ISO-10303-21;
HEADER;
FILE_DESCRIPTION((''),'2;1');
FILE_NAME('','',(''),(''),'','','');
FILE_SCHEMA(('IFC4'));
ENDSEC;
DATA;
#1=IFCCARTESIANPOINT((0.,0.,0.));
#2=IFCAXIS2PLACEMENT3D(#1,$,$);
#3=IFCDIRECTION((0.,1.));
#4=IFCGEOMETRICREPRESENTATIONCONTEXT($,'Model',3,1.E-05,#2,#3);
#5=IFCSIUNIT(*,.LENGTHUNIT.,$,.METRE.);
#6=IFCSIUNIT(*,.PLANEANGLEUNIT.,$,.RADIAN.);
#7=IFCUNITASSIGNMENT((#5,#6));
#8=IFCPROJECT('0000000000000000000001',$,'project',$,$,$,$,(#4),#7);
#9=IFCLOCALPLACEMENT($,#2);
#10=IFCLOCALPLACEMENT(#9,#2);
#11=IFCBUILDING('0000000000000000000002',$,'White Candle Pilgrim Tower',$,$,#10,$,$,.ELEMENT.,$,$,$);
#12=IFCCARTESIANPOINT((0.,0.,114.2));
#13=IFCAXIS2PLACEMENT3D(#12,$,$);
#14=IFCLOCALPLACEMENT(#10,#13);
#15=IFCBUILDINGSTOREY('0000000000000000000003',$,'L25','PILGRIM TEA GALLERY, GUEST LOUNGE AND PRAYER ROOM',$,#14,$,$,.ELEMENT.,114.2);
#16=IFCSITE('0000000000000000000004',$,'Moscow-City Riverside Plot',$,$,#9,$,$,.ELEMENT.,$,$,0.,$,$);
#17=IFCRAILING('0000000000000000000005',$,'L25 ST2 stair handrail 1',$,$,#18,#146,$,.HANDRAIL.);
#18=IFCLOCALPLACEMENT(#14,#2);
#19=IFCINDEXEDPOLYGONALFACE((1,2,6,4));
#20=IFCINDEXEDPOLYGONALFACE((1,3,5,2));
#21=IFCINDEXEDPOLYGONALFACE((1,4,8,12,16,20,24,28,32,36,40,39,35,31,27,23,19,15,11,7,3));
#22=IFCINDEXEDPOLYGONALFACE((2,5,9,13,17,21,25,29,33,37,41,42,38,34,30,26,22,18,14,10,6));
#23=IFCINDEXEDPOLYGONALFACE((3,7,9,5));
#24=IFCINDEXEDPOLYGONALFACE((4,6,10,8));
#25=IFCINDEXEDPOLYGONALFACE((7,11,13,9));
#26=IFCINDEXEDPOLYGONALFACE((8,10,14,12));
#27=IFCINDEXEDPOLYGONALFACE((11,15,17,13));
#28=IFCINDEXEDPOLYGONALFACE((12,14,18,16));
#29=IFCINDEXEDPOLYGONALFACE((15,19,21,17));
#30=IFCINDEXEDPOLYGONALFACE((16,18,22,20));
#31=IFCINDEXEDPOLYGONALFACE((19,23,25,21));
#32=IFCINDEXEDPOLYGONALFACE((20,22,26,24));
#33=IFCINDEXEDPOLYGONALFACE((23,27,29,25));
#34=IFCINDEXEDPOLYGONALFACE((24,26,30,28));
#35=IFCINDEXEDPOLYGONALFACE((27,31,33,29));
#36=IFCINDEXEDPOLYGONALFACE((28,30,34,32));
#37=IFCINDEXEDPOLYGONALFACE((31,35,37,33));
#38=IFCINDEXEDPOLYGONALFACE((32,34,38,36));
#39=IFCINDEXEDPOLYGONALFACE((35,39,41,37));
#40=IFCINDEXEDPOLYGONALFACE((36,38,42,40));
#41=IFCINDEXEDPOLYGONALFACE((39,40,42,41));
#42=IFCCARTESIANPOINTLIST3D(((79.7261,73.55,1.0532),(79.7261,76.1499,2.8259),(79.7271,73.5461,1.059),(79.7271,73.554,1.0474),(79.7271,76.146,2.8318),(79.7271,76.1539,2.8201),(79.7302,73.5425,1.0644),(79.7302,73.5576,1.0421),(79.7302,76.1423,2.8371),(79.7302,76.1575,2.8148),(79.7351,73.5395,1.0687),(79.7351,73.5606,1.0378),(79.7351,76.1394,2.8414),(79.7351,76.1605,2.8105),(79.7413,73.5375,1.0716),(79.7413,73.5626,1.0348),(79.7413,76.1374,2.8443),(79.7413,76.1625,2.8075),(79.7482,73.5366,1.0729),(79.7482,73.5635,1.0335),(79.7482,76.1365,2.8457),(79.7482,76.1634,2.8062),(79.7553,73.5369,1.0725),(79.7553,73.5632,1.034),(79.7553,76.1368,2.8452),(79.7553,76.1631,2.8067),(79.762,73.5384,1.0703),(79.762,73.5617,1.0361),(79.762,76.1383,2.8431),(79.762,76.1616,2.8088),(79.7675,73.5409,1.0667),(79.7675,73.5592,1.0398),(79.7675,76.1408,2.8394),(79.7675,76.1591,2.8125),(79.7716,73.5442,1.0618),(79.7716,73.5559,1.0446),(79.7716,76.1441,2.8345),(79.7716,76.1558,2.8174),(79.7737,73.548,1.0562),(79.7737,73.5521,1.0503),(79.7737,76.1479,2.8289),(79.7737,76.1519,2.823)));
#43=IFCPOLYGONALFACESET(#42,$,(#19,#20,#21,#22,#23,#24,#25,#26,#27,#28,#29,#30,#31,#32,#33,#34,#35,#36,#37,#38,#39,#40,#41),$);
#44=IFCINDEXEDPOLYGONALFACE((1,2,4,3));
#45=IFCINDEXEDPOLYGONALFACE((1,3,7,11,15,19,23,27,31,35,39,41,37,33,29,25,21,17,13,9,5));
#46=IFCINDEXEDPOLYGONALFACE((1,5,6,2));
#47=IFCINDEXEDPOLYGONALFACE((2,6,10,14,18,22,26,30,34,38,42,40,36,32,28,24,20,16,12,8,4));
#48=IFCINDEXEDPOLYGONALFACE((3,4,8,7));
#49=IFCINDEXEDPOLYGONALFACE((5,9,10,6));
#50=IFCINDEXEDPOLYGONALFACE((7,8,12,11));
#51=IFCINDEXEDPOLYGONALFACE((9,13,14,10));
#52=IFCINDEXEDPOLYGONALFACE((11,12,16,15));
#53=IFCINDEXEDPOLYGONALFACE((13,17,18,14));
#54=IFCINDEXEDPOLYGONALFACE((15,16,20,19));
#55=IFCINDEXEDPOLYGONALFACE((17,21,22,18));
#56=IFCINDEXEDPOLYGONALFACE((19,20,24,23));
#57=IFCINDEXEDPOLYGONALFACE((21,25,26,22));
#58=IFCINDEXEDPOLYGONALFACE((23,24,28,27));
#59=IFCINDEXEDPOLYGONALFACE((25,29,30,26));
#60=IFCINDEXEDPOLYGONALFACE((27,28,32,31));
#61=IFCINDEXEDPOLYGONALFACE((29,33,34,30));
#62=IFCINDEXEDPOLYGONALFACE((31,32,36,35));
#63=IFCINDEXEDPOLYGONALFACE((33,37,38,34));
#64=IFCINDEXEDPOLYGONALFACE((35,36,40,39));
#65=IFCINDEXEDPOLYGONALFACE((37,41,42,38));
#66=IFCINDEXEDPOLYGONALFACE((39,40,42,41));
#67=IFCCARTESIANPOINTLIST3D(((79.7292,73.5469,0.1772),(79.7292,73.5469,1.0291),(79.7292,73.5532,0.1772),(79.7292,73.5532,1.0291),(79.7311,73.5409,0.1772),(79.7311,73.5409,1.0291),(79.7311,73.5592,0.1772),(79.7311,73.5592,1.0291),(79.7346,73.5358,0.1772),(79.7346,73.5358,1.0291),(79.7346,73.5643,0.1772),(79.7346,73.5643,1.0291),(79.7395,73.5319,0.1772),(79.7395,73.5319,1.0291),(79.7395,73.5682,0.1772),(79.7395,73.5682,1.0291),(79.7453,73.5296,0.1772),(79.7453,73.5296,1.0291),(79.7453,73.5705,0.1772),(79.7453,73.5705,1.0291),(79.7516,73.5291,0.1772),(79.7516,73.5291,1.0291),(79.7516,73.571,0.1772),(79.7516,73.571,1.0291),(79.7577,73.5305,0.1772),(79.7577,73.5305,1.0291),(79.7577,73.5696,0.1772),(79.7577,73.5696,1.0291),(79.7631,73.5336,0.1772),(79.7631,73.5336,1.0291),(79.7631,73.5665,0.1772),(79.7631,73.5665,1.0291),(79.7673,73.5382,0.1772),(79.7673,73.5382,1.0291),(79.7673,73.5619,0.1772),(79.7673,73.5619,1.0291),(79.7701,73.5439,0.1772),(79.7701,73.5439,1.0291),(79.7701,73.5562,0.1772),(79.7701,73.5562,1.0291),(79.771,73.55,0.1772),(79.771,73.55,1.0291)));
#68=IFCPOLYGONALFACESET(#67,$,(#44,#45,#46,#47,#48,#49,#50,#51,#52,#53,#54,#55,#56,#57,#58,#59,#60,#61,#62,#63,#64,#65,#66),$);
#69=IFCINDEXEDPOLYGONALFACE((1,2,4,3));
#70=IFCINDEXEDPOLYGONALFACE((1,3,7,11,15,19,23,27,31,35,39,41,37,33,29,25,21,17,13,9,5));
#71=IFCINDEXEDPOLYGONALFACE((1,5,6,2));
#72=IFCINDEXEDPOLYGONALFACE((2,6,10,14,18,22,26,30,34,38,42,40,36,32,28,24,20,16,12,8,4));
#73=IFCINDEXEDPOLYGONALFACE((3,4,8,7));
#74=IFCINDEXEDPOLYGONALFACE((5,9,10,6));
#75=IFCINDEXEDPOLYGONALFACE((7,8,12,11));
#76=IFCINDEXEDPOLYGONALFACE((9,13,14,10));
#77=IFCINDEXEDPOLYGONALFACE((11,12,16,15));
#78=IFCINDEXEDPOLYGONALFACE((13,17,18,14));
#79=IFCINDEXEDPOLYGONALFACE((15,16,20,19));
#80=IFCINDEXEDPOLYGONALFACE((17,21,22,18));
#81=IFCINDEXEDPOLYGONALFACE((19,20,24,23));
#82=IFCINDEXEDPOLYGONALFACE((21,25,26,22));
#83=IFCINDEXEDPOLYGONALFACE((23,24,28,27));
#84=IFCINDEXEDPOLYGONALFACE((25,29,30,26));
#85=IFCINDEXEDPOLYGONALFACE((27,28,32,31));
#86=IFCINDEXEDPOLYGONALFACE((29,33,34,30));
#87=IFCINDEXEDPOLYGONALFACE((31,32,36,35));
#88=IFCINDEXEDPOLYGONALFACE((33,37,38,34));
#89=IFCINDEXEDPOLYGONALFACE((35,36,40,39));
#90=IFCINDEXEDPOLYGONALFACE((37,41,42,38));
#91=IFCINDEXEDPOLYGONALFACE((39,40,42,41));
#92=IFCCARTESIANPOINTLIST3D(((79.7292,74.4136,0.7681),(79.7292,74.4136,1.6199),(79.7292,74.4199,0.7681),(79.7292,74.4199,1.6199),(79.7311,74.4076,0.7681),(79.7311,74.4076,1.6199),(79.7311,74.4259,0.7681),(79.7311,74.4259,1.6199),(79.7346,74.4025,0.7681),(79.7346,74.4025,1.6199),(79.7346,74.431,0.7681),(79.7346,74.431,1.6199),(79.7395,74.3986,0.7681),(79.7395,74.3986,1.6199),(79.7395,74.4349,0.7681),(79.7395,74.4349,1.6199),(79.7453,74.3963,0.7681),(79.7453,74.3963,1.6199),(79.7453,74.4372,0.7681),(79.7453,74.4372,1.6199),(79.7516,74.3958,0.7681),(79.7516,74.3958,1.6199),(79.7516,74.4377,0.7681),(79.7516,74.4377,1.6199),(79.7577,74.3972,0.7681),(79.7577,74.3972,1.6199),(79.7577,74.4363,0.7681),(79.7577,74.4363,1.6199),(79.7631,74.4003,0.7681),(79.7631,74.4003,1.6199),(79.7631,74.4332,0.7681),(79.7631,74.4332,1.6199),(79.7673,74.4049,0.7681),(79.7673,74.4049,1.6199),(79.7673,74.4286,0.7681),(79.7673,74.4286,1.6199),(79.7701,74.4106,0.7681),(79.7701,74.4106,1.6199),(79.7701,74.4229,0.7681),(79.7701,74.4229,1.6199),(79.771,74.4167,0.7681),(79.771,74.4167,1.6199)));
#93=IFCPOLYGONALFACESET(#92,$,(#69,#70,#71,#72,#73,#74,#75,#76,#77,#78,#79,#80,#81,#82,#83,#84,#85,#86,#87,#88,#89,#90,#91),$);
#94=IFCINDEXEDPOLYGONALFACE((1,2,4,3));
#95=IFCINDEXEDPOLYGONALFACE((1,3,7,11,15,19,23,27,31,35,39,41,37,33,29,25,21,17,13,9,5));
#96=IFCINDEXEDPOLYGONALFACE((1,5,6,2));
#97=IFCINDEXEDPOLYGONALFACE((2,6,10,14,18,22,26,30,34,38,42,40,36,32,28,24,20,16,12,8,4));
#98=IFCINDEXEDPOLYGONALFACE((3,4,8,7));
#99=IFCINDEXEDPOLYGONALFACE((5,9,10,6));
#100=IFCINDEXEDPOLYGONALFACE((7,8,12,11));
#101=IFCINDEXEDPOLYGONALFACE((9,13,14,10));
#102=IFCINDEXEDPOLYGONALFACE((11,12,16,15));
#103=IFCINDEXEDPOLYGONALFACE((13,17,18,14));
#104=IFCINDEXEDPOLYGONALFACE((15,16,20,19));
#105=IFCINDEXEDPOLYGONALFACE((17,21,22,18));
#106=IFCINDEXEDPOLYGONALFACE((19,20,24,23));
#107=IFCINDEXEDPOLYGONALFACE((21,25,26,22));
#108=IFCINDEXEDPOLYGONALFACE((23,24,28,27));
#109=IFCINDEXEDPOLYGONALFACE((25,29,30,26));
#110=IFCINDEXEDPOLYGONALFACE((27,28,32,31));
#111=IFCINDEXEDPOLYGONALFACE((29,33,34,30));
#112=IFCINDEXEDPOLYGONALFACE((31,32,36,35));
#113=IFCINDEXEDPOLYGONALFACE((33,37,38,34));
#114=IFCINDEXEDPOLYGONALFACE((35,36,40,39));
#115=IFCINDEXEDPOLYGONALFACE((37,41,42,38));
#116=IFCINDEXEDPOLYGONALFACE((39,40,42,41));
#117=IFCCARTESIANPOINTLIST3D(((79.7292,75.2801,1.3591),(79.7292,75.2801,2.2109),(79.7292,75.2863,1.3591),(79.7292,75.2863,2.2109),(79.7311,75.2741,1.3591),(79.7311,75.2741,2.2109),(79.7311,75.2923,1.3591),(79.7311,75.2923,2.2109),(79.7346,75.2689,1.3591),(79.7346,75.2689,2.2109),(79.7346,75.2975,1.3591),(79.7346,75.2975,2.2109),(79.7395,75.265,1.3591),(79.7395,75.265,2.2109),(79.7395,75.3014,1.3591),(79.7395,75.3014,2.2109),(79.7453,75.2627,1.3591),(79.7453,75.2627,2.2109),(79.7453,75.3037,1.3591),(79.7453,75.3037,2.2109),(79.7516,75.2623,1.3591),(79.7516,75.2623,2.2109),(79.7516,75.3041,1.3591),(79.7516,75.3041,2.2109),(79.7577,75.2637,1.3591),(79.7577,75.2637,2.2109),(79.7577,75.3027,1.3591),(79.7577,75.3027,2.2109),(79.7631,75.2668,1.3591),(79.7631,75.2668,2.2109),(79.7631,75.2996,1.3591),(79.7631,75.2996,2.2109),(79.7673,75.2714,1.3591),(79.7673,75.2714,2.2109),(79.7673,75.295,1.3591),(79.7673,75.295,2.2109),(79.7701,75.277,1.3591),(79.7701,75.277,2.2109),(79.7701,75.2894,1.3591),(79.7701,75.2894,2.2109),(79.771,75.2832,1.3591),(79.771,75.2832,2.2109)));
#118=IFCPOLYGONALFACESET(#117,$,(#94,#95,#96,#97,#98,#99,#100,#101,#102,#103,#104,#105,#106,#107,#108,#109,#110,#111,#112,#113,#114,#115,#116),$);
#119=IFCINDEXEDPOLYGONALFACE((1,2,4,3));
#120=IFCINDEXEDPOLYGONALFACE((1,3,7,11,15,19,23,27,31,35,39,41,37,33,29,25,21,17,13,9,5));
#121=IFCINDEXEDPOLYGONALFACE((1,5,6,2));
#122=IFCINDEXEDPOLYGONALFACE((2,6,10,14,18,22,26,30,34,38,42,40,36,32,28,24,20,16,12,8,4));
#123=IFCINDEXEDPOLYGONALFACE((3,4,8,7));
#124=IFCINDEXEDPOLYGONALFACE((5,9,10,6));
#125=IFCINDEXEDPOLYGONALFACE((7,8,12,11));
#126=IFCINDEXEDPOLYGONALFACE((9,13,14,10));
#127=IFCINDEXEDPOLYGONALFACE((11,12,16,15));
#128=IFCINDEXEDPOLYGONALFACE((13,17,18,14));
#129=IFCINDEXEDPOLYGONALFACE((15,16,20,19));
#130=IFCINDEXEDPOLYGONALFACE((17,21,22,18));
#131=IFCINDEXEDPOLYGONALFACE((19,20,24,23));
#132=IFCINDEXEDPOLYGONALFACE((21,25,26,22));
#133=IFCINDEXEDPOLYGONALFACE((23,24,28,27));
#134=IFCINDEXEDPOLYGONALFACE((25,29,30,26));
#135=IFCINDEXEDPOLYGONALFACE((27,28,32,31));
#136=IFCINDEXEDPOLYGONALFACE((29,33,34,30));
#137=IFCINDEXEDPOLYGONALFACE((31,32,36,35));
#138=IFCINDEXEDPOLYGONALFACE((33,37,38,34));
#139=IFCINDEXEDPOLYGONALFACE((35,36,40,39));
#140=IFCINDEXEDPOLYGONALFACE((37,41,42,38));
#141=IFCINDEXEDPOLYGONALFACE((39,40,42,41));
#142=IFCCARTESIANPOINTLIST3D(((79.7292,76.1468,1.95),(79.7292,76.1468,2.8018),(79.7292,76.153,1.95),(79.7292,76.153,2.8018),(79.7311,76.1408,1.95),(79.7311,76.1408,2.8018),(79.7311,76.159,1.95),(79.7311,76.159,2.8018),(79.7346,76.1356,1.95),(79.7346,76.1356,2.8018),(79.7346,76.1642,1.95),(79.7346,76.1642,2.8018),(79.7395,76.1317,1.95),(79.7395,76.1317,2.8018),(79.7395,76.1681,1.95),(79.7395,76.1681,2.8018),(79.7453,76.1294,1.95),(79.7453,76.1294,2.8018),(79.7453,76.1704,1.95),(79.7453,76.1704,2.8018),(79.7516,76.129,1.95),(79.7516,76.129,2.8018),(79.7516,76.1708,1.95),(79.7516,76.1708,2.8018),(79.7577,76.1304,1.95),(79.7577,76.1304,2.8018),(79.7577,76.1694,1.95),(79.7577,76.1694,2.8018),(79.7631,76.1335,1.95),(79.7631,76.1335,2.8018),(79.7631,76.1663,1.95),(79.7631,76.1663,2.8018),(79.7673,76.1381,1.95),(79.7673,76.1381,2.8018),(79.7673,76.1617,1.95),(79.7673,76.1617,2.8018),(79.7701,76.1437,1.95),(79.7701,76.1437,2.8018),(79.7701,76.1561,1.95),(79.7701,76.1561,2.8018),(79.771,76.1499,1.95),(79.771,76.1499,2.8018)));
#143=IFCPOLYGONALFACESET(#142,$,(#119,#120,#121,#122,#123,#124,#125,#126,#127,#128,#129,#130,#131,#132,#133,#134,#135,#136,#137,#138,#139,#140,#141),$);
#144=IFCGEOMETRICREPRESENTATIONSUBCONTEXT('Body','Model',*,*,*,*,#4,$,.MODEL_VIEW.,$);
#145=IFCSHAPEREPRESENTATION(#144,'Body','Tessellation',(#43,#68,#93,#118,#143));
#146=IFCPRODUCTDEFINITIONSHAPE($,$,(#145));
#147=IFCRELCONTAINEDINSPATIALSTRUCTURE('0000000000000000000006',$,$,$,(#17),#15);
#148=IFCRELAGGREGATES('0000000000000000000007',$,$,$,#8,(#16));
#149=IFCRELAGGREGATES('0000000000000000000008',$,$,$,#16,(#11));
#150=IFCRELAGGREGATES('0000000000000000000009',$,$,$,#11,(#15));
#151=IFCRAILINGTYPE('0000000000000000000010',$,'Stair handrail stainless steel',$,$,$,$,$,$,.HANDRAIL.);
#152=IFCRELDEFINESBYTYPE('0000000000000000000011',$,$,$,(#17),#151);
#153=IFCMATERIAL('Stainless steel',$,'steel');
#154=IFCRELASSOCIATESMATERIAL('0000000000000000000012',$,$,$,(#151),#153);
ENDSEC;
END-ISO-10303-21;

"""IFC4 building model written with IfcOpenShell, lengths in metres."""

from ifc_helpers import new_model, si_unit, direction, frame, origin, origin_2d, place, context, subcontext, project, spatial, circle, extrude, material, type_object, element, save


model = new_model("IFC4")

# Units and contexts
model_context = context("Model", 3, precision=1e-05, world=origin(), true_north=direction((0.0, 1.0)))
body_context = subcontext(model_context, "Body", "Model", "MODEL_VIEW")
ifc_project = project(units=[si_unit("LENGTHUNIT", "METRE"), si_unit("PLANEANGLEUNIT", "RADIAN")], contexts=[model_context])

# Site, building, storey
site_placement = place(None, origin())
site = spatial("IfcSite", under=ifc_project, at=site_placement, Name="Moscow-City Riverside Plot", CompositionType="ELEMENT", RefElevation=0.0)
building_placement = place(site_placement, origin())
building = spatial("IfcBuilding", under=site, at=building_placement, Name="White Candle Pilgrim Tower", CompositionType="ELEMENT")
storey_placement = place(building_placement, frame((0.0, 0.0, 114.2)))
storey = spatial("IfcBuildingStorey", under=building, at=storey_placement, Name="L25", Description="PILGRIM TEA GALLERY, GUEST LOUNGE AND PRAYER ROOM", CompositionType="ELEMENT", Elevation=114.2)

# Railing
ifc_material_1 = material(Name="Stainless steel", Category="steel")
railing_type_1 = type_object("IfcRailingType", Name="Stair handrail stainless steel", PredefinedType="HANDRAIL", material=ifc_material_1)
railing_1_placement = place(storey_placement, frame((79.75, 73.55, 0.1772)))
element("IfcRailing", 1, at=railing_1_placement, inside=storey, type_object=railing_type_1, Name="L25 ST2 stair handrail 1", PredefinedType="HANDRAIL", context=body_context, shape_type="SweptSolid", body=[
    extrude(circle(Radius=0.0239, at=origin_2d()), frame((0.0, 0.0, 0.876), z_axis=(0.0, 0.826216, 0.563354), x_axis=(-1.0, 0.0, 0.0)), (0.0, 0.0, 1.0), 3.1467),
    extrude(circle(Radius=0.021, at=origin_2d()), origin(), (0.0, 0.0, 1.0), 0.8518),
    extrude(circle(Radius=0.021, at=origin_2d()), frame((0.0, 0.8667, 0.5908)), (0.0, 0.0, 1.0), 0.8518),
    extrude(circle(Radius=0.021, at=origin_2d()), frame((0.0, 1.7332, 1.1819)), (0.0, 0.0, 1.0), 0.8518),
    extrude(circle(Radius=0.021, at=origin_2d()), frame((0.0, 2.5999, 1.7727)), (0.0, 0.0, 1.0), 0.8518),
])

save(model, "model.ifc")
